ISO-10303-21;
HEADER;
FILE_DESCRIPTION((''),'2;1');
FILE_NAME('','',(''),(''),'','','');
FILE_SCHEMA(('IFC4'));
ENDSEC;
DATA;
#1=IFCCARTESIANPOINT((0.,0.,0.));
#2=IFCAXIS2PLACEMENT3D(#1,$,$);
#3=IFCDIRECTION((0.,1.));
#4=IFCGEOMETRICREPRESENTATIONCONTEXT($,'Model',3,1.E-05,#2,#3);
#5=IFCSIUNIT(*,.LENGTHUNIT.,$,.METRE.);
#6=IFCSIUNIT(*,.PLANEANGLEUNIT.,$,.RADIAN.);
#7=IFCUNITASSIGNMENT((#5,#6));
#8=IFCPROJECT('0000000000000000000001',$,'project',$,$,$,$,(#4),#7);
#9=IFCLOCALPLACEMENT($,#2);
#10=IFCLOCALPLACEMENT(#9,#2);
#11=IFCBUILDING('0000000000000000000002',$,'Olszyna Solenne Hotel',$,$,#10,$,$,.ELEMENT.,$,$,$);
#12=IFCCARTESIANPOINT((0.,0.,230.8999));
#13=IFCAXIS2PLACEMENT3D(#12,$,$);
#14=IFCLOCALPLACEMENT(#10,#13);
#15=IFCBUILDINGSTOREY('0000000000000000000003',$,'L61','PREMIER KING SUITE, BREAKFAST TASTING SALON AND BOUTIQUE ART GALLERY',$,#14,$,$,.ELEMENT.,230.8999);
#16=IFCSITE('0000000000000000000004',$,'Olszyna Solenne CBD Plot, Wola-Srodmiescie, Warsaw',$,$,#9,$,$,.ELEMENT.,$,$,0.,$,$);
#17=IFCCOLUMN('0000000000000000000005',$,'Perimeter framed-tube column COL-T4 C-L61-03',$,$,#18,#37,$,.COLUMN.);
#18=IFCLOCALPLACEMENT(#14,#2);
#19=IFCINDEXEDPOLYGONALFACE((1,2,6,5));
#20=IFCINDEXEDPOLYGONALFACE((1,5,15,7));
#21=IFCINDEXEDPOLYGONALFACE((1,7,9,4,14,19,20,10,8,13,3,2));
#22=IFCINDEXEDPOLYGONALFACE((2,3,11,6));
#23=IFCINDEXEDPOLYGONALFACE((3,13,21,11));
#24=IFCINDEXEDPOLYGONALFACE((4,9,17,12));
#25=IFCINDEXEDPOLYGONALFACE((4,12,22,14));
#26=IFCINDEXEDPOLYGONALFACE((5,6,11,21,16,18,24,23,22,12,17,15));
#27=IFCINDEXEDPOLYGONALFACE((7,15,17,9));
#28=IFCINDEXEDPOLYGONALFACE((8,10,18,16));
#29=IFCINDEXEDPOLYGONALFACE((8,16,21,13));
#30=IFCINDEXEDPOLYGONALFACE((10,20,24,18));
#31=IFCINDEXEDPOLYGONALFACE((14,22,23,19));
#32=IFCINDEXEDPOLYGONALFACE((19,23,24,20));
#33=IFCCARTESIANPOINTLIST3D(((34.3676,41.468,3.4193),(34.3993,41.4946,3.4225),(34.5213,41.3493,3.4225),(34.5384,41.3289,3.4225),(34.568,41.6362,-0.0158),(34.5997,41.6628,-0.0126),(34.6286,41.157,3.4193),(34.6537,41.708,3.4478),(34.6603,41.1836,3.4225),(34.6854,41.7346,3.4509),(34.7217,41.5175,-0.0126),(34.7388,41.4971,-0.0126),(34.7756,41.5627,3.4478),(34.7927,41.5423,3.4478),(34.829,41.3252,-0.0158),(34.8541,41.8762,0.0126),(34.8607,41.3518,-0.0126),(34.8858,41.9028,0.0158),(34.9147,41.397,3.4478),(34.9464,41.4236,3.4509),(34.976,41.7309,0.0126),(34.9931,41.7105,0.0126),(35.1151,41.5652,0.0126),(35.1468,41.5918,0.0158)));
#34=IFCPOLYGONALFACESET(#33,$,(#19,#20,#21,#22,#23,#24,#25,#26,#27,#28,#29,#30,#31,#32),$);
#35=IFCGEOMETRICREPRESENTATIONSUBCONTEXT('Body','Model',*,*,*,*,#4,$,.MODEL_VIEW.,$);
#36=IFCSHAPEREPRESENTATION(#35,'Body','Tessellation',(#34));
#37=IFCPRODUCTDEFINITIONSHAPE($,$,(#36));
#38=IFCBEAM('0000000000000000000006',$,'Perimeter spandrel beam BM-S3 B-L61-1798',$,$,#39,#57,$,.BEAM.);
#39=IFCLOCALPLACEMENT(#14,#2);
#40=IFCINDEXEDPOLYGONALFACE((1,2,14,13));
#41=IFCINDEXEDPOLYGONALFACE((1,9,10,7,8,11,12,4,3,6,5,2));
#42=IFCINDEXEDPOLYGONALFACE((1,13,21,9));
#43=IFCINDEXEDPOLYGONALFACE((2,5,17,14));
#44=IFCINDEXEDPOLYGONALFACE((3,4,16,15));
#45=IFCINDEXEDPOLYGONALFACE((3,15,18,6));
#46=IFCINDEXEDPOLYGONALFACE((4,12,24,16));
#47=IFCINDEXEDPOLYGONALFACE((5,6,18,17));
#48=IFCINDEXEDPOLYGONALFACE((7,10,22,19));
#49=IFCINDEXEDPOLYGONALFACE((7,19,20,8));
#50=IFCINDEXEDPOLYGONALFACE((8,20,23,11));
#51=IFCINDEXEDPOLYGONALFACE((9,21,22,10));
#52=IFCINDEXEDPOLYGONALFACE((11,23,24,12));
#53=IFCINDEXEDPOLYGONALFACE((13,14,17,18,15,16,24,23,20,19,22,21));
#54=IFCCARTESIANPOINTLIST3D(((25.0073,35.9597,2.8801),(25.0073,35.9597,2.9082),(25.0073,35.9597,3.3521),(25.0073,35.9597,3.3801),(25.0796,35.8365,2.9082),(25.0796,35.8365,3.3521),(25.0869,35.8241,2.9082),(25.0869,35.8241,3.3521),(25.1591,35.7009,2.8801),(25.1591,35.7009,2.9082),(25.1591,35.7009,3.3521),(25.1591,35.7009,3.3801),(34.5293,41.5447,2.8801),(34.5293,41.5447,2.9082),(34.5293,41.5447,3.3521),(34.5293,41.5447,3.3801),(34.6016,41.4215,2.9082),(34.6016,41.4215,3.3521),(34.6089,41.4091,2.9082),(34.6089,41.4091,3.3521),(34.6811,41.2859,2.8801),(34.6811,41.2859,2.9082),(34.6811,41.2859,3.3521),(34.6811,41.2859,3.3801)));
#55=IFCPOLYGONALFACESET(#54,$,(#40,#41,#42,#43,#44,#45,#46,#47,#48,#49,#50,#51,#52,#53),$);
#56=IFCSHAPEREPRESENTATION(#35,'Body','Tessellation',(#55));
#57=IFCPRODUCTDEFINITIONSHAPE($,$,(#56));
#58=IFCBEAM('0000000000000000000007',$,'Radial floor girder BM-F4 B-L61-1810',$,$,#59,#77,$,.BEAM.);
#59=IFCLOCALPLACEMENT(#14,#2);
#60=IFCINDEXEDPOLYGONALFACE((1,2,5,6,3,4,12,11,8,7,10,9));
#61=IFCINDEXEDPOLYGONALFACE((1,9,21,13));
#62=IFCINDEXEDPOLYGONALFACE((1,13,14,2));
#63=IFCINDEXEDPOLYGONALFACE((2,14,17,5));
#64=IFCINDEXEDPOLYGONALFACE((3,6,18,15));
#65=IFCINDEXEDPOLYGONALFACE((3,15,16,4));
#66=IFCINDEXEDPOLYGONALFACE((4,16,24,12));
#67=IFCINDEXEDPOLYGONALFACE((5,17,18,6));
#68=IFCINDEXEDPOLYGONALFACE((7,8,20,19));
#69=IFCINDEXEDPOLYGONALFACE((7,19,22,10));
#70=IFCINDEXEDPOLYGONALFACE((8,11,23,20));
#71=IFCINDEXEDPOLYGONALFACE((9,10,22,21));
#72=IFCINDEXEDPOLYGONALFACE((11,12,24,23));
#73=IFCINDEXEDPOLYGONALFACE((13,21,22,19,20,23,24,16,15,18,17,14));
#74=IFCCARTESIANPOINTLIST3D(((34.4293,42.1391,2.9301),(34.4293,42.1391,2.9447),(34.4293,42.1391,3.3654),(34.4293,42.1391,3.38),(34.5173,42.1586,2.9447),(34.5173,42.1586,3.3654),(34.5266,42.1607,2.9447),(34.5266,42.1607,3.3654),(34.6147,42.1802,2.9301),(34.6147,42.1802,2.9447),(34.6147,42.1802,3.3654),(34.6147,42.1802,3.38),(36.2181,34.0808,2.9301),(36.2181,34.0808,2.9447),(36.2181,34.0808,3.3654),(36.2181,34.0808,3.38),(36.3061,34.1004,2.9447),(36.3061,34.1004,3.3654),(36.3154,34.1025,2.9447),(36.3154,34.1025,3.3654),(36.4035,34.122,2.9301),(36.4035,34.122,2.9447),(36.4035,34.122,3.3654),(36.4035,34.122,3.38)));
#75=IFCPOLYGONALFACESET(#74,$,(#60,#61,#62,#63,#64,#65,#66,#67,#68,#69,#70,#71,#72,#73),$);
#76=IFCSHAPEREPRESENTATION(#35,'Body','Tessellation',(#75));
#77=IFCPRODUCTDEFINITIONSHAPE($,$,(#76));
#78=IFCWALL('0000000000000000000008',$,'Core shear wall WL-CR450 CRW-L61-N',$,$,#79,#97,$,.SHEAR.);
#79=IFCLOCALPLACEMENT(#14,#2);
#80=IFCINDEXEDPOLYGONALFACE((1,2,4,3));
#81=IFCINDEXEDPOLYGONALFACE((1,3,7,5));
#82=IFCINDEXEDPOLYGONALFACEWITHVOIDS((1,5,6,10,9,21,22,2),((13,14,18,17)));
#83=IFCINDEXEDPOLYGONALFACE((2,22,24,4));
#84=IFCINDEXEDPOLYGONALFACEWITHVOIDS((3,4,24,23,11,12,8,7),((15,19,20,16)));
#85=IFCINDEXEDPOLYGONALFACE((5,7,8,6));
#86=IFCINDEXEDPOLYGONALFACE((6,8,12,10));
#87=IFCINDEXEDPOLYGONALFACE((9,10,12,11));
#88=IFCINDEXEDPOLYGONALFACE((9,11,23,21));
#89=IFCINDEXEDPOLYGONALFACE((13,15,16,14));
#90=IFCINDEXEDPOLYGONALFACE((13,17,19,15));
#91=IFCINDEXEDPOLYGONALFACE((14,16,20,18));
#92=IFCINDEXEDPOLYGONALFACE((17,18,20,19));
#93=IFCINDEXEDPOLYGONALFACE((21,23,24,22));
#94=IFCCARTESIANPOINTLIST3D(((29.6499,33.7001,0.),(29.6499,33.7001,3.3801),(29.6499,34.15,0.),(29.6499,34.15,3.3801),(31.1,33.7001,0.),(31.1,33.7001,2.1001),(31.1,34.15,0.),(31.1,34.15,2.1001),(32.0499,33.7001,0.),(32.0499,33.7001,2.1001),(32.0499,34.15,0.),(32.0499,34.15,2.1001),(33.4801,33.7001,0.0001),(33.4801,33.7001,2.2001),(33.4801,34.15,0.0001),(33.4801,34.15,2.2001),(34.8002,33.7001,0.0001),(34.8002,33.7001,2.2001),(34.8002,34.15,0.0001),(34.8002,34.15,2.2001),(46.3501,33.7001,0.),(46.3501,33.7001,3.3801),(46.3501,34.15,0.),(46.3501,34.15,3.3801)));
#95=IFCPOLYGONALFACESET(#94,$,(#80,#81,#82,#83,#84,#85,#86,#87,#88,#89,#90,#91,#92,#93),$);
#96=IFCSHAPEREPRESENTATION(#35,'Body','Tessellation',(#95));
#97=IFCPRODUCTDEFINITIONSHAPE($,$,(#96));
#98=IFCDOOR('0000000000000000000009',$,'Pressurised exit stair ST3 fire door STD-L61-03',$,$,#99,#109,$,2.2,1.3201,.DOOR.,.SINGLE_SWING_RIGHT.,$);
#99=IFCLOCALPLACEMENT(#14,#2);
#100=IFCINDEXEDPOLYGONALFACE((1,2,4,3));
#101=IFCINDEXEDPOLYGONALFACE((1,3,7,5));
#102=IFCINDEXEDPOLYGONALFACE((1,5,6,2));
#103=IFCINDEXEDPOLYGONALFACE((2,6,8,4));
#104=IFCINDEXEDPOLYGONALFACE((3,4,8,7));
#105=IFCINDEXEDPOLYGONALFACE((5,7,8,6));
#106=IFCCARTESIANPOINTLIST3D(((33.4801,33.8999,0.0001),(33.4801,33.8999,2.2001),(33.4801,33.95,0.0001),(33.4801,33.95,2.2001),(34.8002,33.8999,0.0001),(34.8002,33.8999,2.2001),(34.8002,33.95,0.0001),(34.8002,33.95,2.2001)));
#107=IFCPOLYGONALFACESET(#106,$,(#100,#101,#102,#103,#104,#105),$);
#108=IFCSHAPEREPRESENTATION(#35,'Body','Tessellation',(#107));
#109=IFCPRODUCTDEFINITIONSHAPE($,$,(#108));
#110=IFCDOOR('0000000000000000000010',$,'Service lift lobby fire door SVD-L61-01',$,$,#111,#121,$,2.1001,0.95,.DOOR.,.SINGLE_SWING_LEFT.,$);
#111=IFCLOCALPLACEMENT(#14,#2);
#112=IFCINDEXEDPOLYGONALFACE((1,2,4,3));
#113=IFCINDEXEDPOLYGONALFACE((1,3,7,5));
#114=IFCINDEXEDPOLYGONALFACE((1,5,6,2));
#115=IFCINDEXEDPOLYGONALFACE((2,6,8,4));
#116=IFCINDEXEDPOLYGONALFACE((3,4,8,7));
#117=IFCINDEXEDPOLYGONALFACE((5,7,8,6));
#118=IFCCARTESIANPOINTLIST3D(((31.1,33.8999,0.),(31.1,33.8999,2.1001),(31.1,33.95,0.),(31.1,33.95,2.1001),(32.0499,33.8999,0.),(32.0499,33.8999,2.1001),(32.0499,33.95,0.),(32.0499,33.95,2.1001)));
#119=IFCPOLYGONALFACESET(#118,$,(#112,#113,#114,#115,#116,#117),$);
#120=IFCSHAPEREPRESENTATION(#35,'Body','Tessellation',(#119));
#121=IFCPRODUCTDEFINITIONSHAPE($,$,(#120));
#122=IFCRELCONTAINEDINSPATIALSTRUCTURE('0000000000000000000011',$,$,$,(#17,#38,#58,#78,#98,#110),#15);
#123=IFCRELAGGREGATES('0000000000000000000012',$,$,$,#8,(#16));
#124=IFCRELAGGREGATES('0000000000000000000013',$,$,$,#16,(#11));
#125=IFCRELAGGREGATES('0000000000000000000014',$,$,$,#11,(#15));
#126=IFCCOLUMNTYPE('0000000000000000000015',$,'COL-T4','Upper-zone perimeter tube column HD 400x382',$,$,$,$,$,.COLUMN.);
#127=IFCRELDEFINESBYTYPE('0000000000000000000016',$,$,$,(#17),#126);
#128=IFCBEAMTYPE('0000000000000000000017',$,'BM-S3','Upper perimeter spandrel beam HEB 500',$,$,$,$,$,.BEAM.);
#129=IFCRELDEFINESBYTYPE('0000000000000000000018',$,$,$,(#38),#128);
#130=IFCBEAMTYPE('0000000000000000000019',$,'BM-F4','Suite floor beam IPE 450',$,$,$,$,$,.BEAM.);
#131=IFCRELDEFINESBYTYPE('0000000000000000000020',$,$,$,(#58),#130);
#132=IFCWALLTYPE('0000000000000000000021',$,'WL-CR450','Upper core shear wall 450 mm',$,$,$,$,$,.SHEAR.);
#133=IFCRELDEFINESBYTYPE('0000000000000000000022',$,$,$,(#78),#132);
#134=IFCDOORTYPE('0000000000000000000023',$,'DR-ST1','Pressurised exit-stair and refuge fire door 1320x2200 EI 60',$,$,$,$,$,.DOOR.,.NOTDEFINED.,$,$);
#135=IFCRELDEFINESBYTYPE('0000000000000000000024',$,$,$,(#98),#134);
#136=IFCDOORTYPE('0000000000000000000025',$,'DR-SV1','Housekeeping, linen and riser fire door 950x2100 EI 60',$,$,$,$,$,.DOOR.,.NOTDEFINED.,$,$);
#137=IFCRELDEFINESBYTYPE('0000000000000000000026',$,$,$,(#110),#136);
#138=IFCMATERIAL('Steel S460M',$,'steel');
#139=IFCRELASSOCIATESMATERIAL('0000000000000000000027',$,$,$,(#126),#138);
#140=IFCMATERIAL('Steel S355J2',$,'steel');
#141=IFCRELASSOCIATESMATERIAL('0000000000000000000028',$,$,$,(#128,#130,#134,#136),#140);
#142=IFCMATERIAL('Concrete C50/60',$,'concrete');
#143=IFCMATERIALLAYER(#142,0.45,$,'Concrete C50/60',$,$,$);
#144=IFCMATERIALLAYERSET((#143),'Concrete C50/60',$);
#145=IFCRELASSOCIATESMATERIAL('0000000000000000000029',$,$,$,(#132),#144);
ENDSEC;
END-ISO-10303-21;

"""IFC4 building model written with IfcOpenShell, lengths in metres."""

from ifc_helpers import new_model, si_unit, direction, frame, frame_2d, origin, origin_2d, place, context, subcontext, project, spatial, rectangle, i_section, extrude, source, transform, mapped, material, layer, layer_set, material_profile, profile_set, type_object, type_shapes, element, fill, save


model = new_model("IFC4")

# Units and contexts
model_context = context("Model", 3, precision=1e-05, world=origin(), true_north=direction((0.0, 1.0)))
body_context = subcontext(model_context, "Body", "Model", "MODEL_VIEW")
ifc_project = project(units=[si_unit("LENGTHUNIT", "METRE"), si_unit("PLANEANGLEUNIT", "RADIAN")], contexts=[model_context])

# Site, building, storey
site_placement = place(None, origin())
site = spatial("IfcSite", under=ifc_project, at=site_placement, Name="Olszyna Solenne CBD Plot, Wola-Srodmiescie, Warsaw", CompositionType="ELEMENT", RefElevation=0.0)
building_placement = place(site_placement, origin())
building = spatial("IfcBuilding", under=site, at=building_placement, Name="Olszyna Solenne Hotel", CompositionType="ELEMENT")
storey_placement = place(building_placement, frame((0.0, 0.0, 230.8999)))
storey = spatial("IfcBuildingStorey", under=building, at=storey_placement, Name="L61", Description="PREMIER KING SUITE, BREAKFAST TASTING SALON AND BOUTIQUE ART GALLERY", CompositionType="ELEMENT", Elevation=230.8999)

# Column
ifc_material_1 = material(Name="Steel S460M", Category="steel")
ifc_material_profile_1 = material_profile(ifc_material_1, i_section(OverallWidth=0.406, OverallDepth=0.416, WebThickness=0.0266, FlangeThickness=0.0415, at=origin_2d()), Name="HD 400x382", Category="load-bearing")
ifc_profile_set_1 = profile_set([ifc_material_profile_1], Name="Steel S460M")
column_type = type_object("IfcColumnType", Name="COL-T4", Description="Upper-zone perimeter tube column HD 400x382", PredefinedType="COLUMN", material=ifc_profile_set_1)
shared_shape_1 = source(origin(), body_context, "Body", "SweptSolid", [
    extrude(i_section(OverallWidth=0.406, OverallDepth=0.416, WebThickness=0.0266, FlangeThickness=0.0415, at=origin_2d()), origin(), (0.0, 0.0, 1.0), 3.4451),
])
column_placement = place(storey_placement, frame((34.8574, 41.614, 0.0), z_axis=(-0.058183, -0.048828, 0.997111), x_axis=(0.642842, -0.765999, 0.0)))
element("IfcColumn", 1, at=column_placement, inside=storey, type_object=column_type, Name="Perimeter framed-tube column COL-T4 C-L61-03", PredefinedType="COLUMN", context=body_context, shape_type="MappedRepresentation", body=[
    mapped(shared_shape_1, transform((0.0, 0.0, 0.0), x_axis=(1.0, 0.0, 0.0), y_axis=(0.0, 1.0, 0.0), z_axis=(0.0, 0.0, 1.0), scale=1.0)),
])

# Beams
ifc_material_2 = material(Name="Steel S355J2", Category="steel")
ifc_material_profile_2 = material_profile(ifc_material_2, i_section(OverallWidth=0.3, OverallDepth=0.5, WebThickness=0.0144, FlangeThickness=0.0281, at=origin_2d()), Name="HEB 500", Category="load-bearing")
ifc_profile_set_2 = profile_set([ifc_material_profile_2], Name="Steel S355J2")
beam_type_1 = type_object("IfcBeamType", Name="BM-S3", Description="Upper perimeter spandrel beam HEB 500", PredefinedType="BEAM", material=ifc_profile_set_2)
shared_shape_2 = source(origin(), body_context, "Body", "SweptSolid", [
    extrude(i_section(OverallWidth=0.3, OverallDepth=0.5, WebThickness=0.0144, FlangeThickness=0.0281, at=origin_2d()), origin(), (0.0, 0.0, 1.0), 11.0391),
])
beam_1_placement = place(storey_placement, frame((34.6052, 41.4153, 3.1301), z_axis=(-0.862575, -0.505929, 0.0), x_axis=(0.505929, -0.862575, 0.0)))
element("IfcBeam", 2, at=beam_1_placement, inside=storey, type_object=beam_type_1, Name="Perimeter spandrel beam BM-S3 B-L61-1798", PredefinedType="BEAM", context=body_context, shape_type="MappedRepresentation", body=[
    mapped(shared_shape_2, transform((0.0, 0.0, 0.0), x_axis=(1.0, 0.0, 0.0), y_axis=(0.0, 1.0, 0.0), z_axis=(0.0, 0.0, 1.0), scale=1.0)),
])
ifc_material_profile_3 = material_profile(ifc_material_2, i_section(OverallWidth=0.1899, OverallDepth=0.45, WebThickness=0.0095, FlangeThickness=0.0146, at=origin_2d()), Name="IPE 450", Category="load-bearing")
ifc_profile_set_3 = profile_set([ifc_material_profile_3], Name="Steel S355J2")
beam_type_2 = type_object("IfcBeamType", Name="BM-F4", Description="Suite floor beam IPE 450", PredefinedType="BEAM", material=ifc_profile_set_3)
shared_shape_3 = source(origin(), body_context, "Body", "SweptSolid", [
    extrude(i_section(OverallWidth=0.1899, OverallDepth=0.45, WebThickness=0.0095, FlangeThickness=0.0146, at=origin_2d()), origin(), (0.0, 0.0, 1.0), 8.2544),
])
beam_2_placement = place(storey_placement, frame((34.522, 42.1597, 3.155), z_axis=(0.216708, -0.976236, 0.0), x_axis=(0.976236, 0.216708, 0.0)))
element("IfcBeam", 3, at=beam_2_placement, inside=storey, type_object=beam_type_2, Name="Radial floor girder BM-F4 B-L61-1810", PredefinedType="BEAM", context=body_context, shape_type="MappedRepresentation", body=[
    mapped(shared_shape_3, transform((0.0, 0.0, 0.0), x_axis=(1.0, 0.0, 0.0), y_axis=(0.0, 1.0, 0.0), z_axis=(0.0, 0.0, 1.0), scale=1.0)),
])

# Wall, openings, doors
ifc_material_3 = material(Name="Concrete C50/60", Category="concrete")
ifc_layer_1 = layer(ifc_material_3, 0.45, Name="Concrete C50/60")
ifc_layer_set_1 = layer_set([ifc_layer_1], Name="Concrete C50/60")
wall_type_1 = type_object("IfcWallType", Name="WL-CR450", Description="Upper core shear wall 450 mm", PredefinedType="SHEAR", material=ifc_layer_set_1)
wall_1_placement = place(storey_placement, frame((29.6499, 33.925, 0.0), z_axis=(0.0, 0.0, 1.0), x_axis=(1.0, 0.0, 0.0)))
wall_1 = element("IfcWall", 4, at=wall_1_placement, inside=storey, type_object=wall_type_1, Name="Core shear wall WL-CR450 CRW-L61-N", PredefinedType="SHEAR", context=body_context, shape_type="SweptSolid", body=[
    extrude(rectangle(XDim=16.7002, YDim=0.45, at=frame_2d((8.3501, 0.0))), origin(), (0.0, 0.0, 1.0), 3.3801),
])
opening_1_placement = place(wall_1_placement, frame((1.45, 0.0, 0.0)))
opening_1 = element("IfcOpeningElement", 5, at=opening_1_placement, cuts=wall_1, PredefinedType="OPENING", context=body_context, shape_type="SweptSolid", body=[
    extrude(rectangle(XDim=0.95, YDim=2.1001, at=frame_2d((0.4751, 1.05))), frame((0.0, 0.2349, 0.0), z_axis=(0.0, -1.0, 0.0), x_axis=(1.0, 0.0, 0.0)), (0.0, 0.0, 1.0), 0.47),
])
opening_2_placement = place(wall_1_placement, frame((3.8301, 0.0, 0.0)))
opening_2 = element("IfcOpeningElement", 6, at=opening_2_placement, cuts=wall_1, PredefinedType="OPENING", context=body_context, shape_type="SweptSolid", body=[
    extrude(rectangle(XDim=1.3201, YDim=2.2, at=frame_2d((0.6602, 1.1001))), frame((0.0, 0.2349, 0.0), z_axis=(0.0, -1.0, 0.0), x_axis=(1.0, 0.0, 0.0)), (0.0, 0.0, 1.0), 0.47),
])
door_type_1 = type_object("IfcDoorType", Name="DR-ST1", Description="Pressurised exit-stair and refuge fire door 1320x2200 EI 60", OperationType="NOTDEFINED", PredefinedType="DOOR", material=ifc_material_2)
shared_shape_4 = source(origin(), body_context, "Body", "SweptSolid", [
    extrude(rectangle(XDim=1.3201, YDim=2.2, at=frame_2d((0.6602, 1.1001))), frame((0.0, 0.0249, 0.0), z_axis=(0.0, -1.0, 0.0), x_axis=(1.0, 0.0, 0.0)), (0.0, 0.0, 1.0), 0.05),
])
type_shapes(door_type_1, [shared_shape_4])
door_1_placement = place(opening_2_placement, origin())
door_1 = element("IfcDoor", 7, at=door_1_placement, inside=storey, type_object=door_type_1, Name="Pressurised exit stair ST3 fire door STD-L61-03", OperationType="SINGLE_SWING_RIGHT", OverallHeight=2.2, OverallWidth=1.3201, PredefinedType="DOOR", context=body_context, shape_type="MappedRepresentation", body=[
    mapped(shared_shape_4, transform((0.0, 0.0, 0.0), x_axis=(1.0, 0.0, 0.0), y_axis=(0.0, 1.0, 0.0), z_axis=(0.0, 0.0, 1.0), scale=1.0)),
])
fill(opening_2, door_1)
door_type_2 = type_object("IfcDoorType", Name="DR-SV1", Description="Housekeeping, linen and riser fire door 950x2100 EI 60", OperationType="NOTDEFINED", PredefinedType="DOOR", material=ifc_material_2)
shared_shape_5 = source(origin(), body_context, "Body", "SweptSolid", [
    extrude(rectangle(XDim=0.95, YDim=2.1001, at=frame_2d((0.4751, 1.05))), frame((0.0, 0.0249, 0.0), z_axis=(0.0, -1.0, 0.0), x_axis=(1.0, 0.0, 0.0)), (0.0, 0.0, 1.0), 0.05),
])
type_shapes(door_type_2, [shared_shape_5])
door_2_placement = place(opening_1_placement, origin())
door_2 = element("IfcDoor", 8, at=door_2_placement, inside=storey, type_object=door_type_2, Name="Service lift lobby fire door SVD-L61-01", OperationType="SINGLE_SWING_LEFT", OverallHeight=2.1001, OverallWidth=0.95, PredefinedType="DOOR", context=body_context, shape_type="MappedRepresentation", body=[
    mapped(shared_shape_5, transform((0.0, 0.0, 0.0), x_axis=(1.0, 0.0, 0.0), y_axis=(0.0, 1.0, 0.0), z_axis=(0.0, 0.0, 1.0), scale=1.0)),
])
fill(opening_1, door_2)

save(model, "model.ifc")
